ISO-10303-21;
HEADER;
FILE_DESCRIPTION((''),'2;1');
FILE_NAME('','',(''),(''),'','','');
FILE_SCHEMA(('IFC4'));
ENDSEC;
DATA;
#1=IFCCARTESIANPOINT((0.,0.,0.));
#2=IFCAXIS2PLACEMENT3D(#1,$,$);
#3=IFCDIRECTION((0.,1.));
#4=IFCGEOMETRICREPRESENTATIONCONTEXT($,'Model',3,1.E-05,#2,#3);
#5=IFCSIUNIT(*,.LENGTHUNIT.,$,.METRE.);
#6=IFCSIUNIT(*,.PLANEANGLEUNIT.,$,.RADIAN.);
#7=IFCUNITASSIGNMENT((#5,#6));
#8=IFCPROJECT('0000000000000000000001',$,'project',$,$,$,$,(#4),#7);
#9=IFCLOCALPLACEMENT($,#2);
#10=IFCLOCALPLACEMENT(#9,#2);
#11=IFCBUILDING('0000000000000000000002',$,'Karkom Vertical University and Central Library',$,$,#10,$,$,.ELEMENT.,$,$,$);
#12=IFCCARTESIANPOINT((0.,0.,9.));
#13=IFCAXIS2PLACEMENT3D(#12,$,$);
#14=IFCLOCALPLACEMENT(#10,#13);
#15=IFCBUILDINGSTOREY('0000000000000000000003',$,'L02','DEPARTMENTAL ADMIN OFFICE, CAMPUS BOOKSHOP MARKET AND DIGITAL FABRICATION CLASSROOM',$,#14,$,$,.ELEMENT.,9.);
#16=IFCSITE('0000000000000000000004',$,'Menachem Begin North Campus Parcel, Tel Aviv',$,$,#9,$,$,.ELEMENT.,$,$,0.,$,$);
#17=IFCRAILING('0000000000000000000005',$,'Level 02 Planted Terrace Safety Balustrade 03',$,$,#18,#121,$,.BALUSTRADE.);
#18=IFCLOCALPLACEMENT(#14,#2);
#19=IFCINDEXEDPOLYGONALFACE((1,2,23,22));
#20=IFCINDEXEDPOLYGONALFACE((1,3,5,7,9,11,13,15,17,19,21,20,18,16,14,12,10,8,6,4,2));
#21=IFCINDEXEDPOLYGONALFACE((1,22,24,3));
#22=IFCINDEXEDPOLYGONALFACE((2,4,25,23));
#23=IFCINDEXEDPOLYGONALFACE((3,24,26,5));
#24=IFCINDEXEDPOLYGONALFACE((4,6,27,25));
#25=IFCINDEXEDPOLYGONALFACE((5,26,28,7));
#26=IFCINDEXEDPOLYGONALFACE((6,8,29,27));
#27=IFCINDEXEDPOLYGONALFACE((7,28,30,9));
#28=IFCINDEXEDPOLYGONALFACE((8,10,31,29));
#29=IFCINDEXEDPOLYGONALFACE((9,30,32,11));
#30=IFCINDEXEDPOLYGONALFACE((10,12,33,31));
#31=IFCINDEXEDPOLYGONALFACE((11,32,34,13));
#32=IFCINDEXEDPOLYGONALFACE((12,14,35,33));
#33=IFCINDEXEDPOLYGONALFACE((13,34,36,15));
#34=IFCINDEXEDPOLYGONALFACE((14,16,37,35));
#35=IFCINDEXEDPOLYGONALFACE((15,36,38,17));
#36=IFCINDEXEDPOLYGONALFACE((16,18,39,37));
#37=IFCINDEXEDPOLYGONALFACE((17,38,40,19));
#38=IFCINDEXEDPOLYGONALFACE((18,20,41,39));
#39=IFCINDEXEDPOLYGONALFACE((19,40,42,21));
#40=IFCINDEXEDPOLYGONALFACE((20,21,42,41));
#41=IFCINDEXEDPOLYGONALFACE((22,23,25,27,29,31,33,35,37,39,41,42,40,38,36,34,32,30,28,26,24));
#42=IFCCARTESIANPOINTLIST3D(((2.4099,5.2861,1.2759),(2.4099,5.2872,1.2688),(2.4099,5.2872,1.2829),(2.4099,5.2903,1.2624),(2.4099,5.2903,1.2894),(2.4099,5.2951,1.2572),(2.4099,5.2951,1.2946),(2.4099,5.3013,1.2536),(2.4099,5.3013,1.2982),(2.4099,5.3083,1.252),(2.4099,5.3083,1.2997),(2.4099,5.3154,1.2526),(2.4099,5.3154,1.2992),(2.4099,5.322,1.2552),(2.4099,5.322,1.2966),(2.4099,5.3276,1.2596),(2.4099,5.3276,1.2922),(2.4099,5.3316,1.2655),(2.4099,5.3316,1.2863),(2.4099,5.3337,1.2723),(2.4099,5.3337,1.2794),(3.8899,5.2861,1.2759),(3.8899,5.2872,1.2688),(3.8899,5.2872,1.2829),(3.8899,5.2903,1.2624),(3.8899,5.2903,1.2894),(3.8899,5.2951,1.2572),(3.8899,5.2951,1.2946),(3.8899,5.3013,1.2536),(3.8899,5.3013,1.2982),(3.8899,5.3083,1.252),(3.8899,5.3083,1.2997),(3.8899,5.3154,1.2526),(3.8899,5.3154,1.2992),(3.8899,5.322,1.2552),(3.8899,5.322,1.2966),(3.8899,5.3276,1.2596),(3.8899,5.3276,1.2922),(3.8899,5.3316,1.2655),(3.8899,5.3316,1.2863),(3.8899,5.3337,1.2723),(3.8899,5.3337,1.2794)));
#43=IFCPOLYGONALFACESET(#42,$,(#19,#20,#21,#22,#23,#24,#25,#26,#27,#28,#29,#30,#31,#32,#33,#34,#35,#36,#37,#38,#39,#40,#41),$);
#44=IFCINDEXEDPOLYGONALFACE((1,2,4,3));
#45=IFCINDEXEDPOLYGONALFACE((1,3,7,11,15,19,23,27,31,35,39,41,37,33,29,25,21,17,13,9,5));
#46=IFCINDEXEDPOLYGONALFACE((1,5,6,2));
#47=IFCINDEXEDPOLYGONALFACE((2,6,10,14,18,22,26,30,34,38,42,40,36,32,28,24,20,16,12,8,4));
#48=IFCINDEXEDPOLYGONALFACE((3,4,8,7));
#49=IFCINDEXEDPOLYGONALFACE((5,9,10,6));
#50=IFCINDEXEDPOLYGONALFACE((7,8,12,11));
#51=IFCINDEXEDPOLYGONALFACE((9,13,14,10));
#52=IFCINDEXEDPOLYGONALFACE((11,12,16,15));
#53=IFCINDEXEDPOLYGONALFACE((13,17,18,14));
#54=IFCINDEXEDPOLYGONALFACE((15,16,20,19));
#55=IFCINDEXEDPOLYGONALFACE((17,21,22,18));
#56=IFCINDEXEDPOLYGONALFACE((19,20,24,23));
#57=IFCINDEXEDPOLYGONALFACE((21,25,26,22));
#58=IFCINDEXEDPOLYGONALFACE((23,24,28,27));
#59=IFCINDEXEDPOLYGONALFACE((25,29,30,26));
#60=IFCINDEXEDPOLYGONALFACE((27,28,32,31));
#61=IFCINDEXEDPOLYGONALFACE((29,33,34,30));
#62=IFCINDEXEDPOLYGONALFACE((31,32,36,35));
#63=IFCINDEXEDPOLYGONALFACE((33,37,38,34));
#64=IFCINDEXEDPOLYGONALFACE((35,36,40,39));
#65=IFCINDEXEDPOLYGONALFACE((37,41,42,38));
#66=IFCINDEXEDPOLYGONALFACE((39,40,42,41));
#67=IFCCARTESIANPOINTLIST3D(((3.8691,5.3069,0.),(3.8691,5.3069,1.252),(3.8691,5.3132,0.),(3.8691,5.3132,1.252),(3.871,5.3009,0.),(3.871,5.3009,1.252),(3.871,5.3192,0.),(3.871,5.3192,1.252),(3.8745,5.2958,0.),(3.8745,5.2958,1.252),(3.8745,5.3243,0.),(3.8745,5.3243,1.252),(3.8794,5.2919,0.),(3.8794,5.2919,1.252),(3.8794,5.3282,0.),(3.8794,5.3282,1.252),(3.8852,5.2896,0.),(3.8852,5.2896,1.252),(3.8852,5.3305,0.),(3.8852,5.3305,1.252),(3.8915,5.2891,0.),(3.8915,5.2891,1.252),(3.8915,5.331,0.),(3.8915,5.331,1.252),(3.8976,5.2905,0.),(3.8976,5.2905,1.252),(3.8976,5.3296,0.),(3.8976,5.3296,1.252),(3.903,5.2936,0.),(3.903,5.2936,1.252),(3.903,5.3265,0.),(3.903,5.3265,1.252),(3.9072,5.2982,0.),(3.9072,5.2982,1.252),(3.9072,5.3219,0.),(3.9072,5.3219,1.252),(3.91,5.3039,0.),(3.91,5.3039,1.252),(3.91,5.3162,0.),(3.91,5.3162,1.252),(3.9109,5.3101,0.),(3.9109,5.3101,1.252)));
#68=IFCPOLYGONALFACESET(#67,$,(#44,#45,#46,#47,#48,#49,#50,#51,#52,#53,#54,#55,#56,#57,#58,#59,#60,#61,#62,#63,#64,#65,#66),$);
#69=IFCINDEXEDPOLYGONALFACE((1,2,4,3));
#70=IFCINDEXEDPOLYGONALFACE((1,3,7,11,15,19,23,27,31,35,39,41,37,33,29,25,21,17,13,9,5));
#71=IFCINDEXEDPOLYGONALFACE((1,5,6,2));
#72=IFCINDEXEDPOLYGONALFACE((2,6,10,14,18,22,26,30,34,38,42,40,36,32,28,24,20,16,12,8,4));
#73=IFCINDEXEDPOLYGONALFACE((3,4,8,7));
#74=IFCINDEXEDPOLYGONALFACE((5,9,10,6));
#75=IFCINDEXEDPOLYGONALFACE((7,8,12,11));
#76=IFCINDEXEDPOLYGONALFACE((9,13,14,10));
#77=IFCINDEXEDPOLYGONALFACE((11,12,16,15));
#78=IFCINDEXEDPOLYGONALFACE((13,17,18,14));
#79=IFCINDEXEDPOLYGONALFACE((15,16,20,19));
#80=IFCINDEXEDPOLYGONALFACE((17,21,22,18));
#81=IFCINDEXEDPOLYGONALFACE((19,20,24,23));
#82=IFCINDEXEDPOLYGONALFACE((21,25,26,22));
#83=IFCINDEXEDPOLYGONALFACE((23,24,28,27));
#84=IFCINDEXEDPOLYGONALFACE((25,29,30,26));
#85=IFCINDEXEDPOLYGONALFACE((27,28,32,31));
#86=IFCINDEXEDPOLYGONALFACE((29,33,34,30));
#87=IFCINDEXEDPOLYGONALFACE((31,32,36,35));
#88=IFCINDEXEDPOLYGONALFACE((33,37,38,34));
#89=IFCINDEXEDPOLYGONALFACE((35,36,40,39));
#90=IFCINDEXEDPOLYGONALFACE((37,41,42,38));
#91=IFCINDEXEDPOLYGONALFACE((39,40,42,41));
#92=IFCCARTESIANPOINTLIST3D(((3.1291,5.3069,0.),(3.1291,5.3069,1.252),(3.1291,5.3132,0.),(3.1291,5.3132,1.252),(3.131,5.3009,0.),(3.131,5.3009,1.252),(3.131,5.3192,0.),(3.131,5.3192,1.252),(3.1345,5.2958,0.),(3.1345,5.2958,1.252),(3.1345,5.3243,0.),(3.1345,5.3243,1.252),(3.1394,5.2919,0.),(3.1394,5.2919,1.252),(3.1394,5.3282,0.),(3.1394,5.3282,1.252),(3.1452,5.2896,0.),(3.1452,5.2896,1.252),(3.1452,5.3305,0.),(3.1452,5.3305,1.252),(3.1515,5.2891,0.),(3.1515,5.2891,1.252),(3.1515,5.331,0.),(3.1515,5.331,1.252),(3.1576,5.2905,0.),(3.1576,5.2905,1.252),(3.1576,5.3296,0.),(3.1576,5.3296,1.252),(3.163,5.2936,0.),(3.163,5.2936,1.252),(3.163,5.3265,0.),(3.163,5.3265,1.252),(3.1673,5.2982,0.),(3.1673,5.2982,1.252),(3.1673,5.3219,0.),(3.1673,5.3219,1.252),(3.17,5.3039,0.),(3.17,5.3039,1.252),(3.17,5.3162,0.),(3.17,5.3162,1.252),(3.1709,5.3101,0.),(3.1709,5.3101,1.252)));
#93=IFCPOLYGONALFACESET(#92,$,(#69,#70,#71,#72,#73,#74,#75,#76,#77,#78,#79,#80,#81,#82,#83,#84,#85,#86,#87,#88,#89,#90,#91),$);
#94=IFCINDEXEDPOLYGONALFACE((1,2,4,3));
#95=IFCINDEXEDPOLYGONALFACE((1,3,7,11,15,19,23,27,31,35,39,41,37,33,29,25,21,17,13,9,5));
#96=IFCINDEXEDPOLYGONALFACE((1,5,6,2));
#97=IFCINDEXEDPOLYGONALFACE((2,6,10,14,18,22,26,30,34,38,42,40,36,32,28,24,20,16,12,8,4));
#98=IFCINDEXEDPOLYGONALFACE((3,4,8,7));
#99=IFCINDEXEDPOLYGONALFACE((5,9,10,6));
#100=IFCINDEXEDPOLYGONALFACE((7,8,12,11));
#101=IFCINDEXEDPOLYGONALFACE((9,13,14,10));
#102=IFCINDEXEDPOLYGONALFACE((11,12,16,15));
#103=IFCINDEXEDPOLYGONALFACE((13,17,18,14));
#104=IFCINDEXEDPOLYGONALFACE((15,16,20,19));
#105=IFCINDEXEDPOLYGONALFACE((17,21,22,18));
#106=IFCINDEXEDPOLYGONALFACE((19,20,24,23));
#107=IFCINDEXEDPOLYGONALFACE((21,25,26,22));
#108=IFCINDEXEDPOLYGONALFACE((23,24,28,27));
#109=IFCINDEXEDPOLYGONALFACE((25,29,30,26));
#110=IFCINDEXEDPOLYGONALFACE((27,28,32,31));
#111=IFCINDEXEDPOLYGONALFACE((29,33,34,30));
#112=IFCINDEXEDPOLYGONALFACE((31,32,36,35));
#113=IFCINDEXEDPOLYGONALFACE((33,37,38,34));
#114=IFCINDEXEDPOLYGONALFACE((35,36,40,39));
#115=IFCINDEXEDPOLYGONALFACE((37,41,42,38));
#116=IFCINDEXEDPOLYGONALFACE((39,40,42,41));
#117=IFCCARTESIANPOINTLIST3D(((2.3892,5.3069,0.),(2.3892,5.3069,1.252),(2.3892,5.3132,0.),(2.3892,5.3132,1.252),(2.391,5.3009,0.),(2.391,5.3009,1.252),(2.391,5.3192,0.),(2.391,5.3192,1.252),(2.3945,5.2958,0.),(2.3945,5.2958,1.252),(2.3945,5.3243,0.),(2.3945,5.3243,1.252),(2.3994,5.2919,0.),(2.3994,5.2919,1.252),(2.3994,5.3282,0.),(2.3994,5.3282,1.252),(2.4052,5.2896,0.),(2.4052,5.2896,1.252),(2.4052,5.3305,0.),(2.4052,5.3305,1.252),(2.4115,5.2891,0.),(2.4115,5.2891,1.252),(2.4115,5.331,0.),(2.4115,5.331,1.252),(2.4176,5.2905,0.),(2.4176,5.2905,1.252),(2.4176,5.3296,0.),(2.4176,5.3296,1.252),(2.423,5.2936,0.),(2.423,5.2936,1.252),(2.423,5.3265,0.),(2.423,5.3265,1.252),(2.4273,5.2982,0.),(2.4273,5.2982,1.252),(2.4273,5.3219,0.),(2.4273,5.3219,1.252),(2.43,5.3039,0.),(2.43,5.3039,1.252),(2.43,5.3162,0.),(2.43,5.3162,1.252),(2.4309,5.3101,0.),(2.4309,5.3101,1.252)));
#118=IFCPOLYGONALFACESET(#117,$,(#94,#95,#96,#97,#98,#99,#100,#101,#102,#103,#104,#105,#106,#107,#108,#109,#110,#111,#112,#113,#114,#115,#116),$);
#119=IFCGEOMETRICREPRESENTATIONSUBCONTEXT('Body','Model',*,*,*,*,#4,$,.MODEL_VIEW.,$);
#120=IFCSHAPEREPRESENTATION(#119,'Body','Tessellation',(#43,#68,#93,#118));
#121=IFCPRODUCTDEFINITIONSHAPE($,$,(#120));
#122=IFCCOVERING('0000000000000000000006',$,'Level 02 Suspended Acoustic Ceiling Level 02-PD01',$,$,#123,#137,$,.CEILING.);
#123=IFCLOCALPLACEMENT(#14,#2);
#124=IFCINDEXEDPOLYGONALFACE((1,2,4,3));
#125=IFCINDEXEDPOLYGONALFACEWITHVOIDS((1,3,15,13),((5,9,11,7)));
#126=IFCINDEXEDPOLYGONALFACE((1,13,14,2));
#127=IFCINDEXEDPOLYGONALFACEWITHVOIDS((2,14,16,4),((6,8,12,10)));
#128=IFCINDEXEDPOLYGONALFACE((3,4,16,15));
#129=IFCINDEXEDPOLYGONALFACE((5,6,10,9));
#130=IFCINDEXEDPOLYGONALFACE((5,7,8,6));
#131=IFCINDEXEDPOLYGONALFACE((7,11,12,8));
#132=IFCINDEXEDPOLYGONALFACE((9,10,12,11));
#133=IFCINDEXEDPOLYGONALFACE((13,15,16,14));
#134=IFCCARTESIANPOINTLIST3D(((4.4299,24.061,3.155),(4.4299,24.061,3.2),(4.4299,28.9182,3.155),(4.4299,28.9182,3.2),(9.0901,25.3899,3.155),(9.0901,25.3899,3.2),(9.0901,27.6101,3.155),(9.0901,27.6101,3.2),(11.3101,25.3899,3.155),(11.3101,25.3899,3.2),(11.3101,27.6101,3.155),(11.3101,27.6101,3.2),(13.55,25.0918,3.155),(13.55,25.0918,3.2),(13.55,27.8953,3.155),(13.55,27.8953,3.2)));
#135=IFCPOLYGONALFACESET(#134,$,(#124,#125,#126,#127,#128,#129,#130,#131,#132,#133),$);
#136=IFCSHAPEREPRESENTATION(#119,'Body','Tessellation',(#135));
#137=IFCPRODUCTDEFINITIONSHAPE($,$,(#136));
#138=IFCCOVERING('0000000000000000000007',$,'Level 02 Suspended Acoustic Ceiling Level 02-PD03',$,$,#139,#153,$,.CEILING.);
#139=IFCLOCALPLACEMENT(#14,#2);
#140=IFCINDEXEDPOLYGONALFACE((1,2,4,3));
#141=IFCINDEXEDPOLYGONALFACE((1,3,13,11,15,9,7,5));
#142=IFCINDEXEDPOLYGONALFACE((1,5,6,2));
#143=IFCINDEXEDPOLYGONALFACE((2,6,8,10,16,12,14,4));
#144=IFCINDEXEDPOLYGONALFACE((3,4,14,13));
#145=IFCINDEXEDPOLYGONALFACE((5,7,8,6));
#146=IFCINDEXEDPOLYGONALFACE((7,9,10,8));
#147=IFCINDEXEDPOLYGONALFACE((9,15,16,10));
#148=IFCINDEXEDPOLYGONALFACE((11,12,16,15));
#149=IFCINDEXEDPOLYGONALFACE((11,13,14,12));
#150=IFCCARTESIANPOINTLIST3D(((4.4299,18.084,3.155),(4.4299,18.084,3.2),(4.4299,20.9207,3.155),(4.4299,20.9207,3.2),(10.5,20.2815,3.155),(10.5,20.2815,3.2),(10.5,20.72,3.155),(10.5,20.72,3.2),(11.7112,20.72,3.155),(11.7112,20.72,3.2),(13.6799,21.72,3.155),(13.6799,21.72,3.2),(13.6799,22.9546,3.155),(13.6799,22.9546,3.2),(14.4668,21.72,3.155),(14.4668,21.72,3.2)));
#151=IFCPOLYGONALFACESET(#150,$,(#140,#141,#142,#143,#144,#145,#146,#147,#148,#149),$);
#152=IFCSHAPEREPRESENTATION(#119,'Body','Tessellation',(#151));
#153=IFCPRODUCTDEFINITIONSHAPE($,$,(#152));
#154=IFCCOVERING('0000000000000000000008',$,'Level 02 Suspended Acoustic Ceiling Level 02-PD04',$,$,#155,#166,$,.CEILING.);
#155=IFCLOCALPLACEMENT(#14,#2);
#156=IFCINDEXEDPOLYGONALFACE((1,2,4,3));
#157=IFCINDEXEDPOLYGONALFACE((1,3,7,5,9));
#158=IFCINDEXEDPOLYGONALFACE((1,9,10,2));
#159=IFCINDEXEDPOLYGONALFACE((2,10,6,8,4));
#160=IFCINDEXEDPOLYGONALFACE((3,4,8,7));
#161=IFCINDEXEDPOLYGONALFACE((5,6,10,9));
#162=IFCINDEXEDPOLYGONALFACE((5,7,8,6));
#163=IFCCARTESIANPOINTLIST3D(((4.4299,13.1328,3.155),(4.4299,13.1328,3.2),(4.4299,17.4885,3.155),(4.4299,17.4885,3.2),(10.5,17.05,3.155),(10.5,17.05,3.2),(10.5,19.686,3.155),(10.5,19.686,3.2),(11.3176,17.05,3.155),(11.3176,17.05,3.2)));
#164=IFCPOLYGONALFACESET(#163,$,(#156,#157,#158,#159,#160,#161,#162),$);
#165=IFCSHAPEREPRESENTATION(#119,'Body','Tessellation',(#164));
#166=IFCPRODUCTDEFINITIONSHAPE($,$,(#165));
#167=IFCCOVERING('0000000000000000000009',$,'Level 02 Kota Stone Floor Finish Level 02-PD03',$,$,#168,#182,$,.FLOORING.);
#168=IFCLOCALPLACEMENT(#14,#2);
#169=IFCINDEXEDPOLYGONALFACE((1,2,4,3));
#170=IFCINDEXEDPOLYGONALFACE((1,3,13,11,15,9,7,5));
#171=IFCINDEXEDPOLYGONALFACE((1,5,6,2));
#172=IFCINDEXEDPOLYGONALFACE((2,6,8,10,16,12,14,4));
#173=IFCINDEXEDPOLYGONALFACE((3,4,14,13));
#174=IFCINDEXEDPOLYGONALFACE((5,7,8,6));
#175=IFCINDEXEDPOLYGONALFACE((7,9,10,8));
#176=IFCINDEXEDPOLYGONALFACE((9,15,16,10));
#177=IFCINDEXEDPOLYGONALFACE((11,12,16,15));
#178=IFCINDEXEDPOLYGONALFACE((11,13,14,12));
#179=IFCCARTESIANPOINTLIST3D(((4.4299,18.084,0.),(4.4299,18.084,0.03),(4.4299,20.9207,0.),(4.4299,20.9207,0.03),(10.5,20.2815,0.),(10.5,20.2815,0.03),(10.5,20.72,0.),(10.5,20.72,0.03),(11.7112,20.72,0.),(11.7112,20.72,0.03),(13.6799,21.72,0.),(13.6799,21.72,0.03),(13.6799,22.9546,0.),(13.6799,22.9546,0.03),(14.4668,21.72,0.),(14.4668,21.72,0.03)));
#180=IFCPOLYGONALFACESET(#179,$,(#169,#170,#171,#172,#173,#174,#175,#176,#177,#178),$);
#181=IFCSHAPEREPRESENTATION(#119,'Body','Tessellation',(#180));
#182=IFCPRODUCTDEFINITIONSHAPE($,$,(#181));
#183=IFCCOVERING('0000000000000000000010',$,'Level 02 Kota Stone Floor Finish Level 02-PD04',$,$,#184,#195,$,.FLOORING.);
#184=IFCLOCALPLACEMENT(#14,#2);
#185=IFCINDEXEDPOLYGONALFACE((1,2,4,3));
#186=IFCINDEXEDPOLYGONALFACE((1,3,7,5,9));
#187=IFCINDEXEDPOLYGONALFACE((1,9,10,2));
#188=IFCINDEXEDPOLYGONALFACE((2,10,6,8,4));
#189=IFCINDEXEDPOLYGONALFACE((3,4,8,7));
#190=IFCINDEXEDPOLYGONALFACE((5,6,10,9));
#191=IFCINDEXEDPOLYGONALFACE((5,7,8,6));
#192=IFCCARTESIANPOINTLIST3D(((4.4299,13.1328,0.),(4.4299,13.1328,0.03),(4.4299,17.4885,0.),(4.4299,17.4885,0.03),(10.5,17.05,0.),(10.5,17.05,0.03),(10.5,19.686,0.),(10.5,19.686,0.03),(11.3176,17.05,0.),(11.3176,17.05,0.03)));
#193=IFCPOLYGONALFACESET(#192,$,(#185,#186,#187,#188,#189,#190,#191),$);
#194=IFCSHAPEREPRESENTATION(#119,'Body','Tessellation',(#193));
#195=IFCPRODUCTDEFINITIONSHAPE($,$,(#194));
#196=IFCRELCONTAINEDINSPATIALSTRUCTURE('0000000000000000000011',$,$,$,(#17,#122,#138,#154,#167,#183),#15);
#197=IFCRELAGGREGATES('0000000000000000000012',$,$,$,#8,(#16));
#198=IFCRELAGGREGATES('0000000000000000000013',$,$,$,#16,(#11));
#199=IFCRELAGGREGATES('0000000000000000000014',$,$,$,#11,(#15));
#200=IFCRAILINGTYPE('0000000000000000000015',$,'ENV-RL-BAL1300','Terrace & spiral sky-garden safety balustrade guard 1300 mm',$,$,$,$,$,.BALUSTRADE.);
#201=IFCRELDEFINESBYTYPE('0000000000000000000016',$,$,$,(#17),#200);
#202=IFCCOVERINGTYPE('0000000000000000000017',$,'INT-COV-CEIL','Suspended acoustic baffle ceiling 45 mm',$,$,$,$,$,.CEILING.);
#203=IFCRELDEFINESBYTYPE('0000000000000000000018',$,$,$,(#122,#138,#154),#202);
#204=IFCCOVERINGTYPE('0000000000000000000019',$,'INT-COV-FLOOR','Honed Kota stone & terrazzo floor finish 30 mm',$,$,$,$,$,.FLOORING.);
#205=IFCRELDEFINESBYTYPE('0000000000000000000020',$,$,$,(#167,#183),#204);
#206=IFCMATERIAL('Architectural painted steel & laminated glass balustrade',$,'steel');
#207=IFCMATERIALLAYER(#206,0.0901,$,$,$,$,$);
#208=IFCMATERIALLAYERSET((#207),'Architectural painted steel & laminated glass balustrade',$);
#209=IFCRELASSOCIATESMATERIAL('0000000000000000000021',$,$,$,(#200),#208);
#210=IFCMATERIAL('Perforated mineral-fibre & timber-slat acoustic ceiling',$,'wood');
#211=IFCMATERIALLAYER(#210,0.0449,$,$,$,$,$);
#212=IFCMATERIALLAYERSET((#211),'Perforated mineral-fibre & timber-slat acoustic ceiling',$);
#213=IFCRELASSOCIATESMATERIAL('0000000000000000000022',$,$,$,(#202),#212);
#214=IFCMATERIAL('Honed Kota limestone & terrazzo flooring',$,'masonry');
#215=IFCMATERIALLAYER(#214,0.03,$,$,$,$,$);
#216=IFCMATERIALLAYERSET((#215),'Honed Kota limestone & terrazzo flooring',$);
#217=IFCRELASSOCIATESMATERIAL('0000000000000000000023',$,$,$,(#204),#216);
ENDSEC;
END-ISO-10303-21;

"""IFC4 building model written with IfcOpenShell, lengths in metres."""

from ifc_helpers import new_model, si_unit, direction, frame, origin, origin_2d, place, context, subcontext, project, spatial, polyline, circle, outline, extrude, material, layer, layer_set, type_object, element, save


model = new_model("IFC4")

# Units and contexts
model_context = context("Model", 3, precision=1e-05, world=origin(), true_north=direction((0.0, 1.0)))
body_context = subcontext(model_context, "Body", "Model", "MODEL_VIEW")
ifc_project = project(units=[si_unit("LENGTHUNIT", "METRE"), si_unit("PLANEANGLEUNIT", "RADIAN")], contexts=[model_context])

# Site, building, storey
site_placement = place(None, origin())
site = spatial("IfcSite", under=ifc_project, at=site_placement, Name="Menachem Begin North Campus Parcel, Tel Aviv", CompositionType="ELEMENT", RefElevation=0.0)
building_placement = place(site_placement, origin())
building = spatial("IfcBuilding", under=site, at=building_placement, Name="Karkom Vertical University and Central Library", CompositionType="ELEMENT")
storey_placement = place(building_placement, frame((0.0, 0.0, 9.0)))
storey = spatial("IfcBuildingStorey", under=building, at=storey_placement, Name="L02", Description="DEPARTMENTAL ADMIN OFFICE, CAMPUS BOOKSHOP MARKET AND DIGITAL FABRICATION CLASSROOM", CompositionType="ELEMENT", Elevation=9.0)

# Railing
ifc_material_1 = material(Name="Architectural painted steel & laminated glass balustrade", Category="steel")
ifc_layer_1 = layer(ifc_material_1, 0.0901)
ifc_layer_set_1 = layer_set([ifc_layer_1], Name="Architectural painted steel & laminated glass balustrade")
railing_type = type_object("IfcRailingType", Name="ENV-RL-BAL1300", Description="Terrace & spiral sky-garden safety balustrade guard 1300 mm", PredefinedType="BALUSTRADE", material=ifc_layer_set_1)
railing_1_placement = place(storey_placement, frame((3.8899, 5.3101, 0.0)))
element("IfcRailing", 1, at=railing_1_placement, inside=storey, type_object=railing_type, Name="Level 02 Planted Terrace Safety Balustrade 03", PredefinedType="BALUSTRADE", context=body_context, shape_type="SweptSolid", body=[
    extrude(circle(Radius=0.0239, at=origin_2d()), frame((0.0, 0.0, 1.2759), z_axis=(-1.0, 0.0, 0.0), x_axis=(0.0, -1.0, 0.0)), (0.0, 0.0, 1.0), 1.48),
    extrude(circle(Radius=0.021, at=origin_2d()), origin(), (0.0, 0.0, 1.0), 1.252),
    extrude(circle(Radius=0.021, at=origin_2d()), frame((-0.74, 0.0, 0.0)), (0.0, 0.0, 1.0), 1.252),
    extrude(circle(Radius=0.021, at=origin_2d()), frame((-1.48, 0.0, 0.0)), (0.0, 0.0, 1.0), 1.252),
])

# Coverings
ifc_material_2 = material(Name="Perforated mineral-fibre & timber-slat acoustic ceiling", Category="wood")
ifc_layer_2 = layer(ifc_material_2, 0.0449)
ifc_layer_set_2 = layer_set([ifc_layer_2], Name="Perforated mineral-fibre & timber-slat acoustic ceiling")
covering_type_1 = type_object("IfcCoveringType", Name="INT-COV-CEIL", Description="Suspended acoustic baffle ceiling 45 mm", PredefinedType="CEILING", material=ifc_layer_set_2)
covering_1_placement = place(storey_placement, frame((0.0, 0.0, 3.155)))
element("IfcCovering", 2, at=covering_1_placement, inside=storey, type_object=covering_type_1, Name="Level 02 Suspended Acoustic Ceiling Level 02-PD01", PredefinedType="CEILING", context=body_context, shape_type="SweptSolid", body=[
    extrude(outline(polyline([(13.55, 25.0918), (4.4299, 24.061), (4.4299, 28.9182), (13.55, 27.8953), (13.55, 25.0918)]), holes=[polyline([(9.0901, 25.3899), (11.3101, 25.3899), (11.3101, 27.6101), (9.0901, 27.6101), (9.0901, 25.3899)])]), origin(), (0.0, 0.0, 1.0), 0.0449),
])
covering_2_placement = place(storey_placement, frame((0.0, 0.0, 3.155)))
element("IfcCovering", 3, at=covering_2_placement, inside=storey, type_object=covering_type_1, Name="Level 02 Suspended Acoustic Ceiling Level 02-PD03", PredefinedType="CEILING", context=body_context, shape_type="SweptSolid", body=[
    extrude(outline(polyline([(13.6799, 21.72), (14.4668, 21.72), (11.7112, 20.72), (10.5, 20.72), (10.5, 20.2815), (4.4299, 18.084), (4.4299, 20.9207), (13.6799, 22.9546), (13.6799, 21.72)])), origin(), (0.0, 0.0, 1.0), 0.0449),
])
covering_3_placement = place(storey_placement, frame((0.0, 0.0, 3.155)))
element("IfcCovering", 4, at=covering_3_placement, inside=storey, type_object=covering_type_1, Name="Level 02 Suspended Acoustic Ceiling Level 02-PD04", PredefinedType="CEILING", context=body_context, shape_type="SweptSolid", body=[
    extrude(outline(polyline([(4.4299, 17.4885), (10.5, 19.686), (10.5, 17.05), (11.3176, 17.05), (4.4299, 13.1328), (4.4299, 17.4885)])), origin(), (0.0, 0.0, 1.0), 0.0449),
])
ifc_material_3 = material(Name="Honed Kota limestone & terrazzo flooring", Category="masonry")
ifc_layer_3 = layer(ifc_material_3, 0.03)
ifc_layer_set_3 = layer_set([ifc_layer_3], Name="Honed Kota limestone & terrazzo flooring")
covering_type_2 = type_object("IfcCoveringType", Name="INT-COV-FLOOR", Description="Honed Kota stone & terrazzo floor finish 30 mm", PredefinedType="FLOORING", material=ifc_layer_set_3)
covering_4_placement = place(storey_placement, origin())
element("IfcCovering", 5, at=covering_4_placement, inside=storey, type_object=covering_type_2, Name="Level 02 Kota Stone Floor Finish Level 02-PD03", PredefinedType="FLOORING", context=body_context, shape_type="SweptSolid", body=[
    extrude(outline(polyline([(13.6799, 21.72), (14.4668, 21.72), (11.7112, 20.72), (10.5, 20.72), (10.5, 20.2815), (4.4299, 18.084), (4.4299, 20.9207), (13.6799, 22.9546), (13.6799, 21.72)])), origin(), (0.0, 0.0, 1.0), 0.03),
])
covering_5_placement = place(storey_placement, origin())
element("IfcCovering", 6, at=covering_5_placement, inside=storey, type_object=covering_type_2, Name="Level 02 Kota Stone Floor Finish Level 02-PD04", PredefinedType="FLOORING", context=body_context, shape_type="SweptSolid", body=[
    extrude(outline(polyline([(4.4299, 17.4885), (10.5, 19.686), (10.5, 17.05), (11.3176, 17.05), (4.4299, 13.1328), (4.4299, 17.4885)])), origin(), (0.0, 0.0, 1.0), 0.03),
])

save(model, "model.ifc")
